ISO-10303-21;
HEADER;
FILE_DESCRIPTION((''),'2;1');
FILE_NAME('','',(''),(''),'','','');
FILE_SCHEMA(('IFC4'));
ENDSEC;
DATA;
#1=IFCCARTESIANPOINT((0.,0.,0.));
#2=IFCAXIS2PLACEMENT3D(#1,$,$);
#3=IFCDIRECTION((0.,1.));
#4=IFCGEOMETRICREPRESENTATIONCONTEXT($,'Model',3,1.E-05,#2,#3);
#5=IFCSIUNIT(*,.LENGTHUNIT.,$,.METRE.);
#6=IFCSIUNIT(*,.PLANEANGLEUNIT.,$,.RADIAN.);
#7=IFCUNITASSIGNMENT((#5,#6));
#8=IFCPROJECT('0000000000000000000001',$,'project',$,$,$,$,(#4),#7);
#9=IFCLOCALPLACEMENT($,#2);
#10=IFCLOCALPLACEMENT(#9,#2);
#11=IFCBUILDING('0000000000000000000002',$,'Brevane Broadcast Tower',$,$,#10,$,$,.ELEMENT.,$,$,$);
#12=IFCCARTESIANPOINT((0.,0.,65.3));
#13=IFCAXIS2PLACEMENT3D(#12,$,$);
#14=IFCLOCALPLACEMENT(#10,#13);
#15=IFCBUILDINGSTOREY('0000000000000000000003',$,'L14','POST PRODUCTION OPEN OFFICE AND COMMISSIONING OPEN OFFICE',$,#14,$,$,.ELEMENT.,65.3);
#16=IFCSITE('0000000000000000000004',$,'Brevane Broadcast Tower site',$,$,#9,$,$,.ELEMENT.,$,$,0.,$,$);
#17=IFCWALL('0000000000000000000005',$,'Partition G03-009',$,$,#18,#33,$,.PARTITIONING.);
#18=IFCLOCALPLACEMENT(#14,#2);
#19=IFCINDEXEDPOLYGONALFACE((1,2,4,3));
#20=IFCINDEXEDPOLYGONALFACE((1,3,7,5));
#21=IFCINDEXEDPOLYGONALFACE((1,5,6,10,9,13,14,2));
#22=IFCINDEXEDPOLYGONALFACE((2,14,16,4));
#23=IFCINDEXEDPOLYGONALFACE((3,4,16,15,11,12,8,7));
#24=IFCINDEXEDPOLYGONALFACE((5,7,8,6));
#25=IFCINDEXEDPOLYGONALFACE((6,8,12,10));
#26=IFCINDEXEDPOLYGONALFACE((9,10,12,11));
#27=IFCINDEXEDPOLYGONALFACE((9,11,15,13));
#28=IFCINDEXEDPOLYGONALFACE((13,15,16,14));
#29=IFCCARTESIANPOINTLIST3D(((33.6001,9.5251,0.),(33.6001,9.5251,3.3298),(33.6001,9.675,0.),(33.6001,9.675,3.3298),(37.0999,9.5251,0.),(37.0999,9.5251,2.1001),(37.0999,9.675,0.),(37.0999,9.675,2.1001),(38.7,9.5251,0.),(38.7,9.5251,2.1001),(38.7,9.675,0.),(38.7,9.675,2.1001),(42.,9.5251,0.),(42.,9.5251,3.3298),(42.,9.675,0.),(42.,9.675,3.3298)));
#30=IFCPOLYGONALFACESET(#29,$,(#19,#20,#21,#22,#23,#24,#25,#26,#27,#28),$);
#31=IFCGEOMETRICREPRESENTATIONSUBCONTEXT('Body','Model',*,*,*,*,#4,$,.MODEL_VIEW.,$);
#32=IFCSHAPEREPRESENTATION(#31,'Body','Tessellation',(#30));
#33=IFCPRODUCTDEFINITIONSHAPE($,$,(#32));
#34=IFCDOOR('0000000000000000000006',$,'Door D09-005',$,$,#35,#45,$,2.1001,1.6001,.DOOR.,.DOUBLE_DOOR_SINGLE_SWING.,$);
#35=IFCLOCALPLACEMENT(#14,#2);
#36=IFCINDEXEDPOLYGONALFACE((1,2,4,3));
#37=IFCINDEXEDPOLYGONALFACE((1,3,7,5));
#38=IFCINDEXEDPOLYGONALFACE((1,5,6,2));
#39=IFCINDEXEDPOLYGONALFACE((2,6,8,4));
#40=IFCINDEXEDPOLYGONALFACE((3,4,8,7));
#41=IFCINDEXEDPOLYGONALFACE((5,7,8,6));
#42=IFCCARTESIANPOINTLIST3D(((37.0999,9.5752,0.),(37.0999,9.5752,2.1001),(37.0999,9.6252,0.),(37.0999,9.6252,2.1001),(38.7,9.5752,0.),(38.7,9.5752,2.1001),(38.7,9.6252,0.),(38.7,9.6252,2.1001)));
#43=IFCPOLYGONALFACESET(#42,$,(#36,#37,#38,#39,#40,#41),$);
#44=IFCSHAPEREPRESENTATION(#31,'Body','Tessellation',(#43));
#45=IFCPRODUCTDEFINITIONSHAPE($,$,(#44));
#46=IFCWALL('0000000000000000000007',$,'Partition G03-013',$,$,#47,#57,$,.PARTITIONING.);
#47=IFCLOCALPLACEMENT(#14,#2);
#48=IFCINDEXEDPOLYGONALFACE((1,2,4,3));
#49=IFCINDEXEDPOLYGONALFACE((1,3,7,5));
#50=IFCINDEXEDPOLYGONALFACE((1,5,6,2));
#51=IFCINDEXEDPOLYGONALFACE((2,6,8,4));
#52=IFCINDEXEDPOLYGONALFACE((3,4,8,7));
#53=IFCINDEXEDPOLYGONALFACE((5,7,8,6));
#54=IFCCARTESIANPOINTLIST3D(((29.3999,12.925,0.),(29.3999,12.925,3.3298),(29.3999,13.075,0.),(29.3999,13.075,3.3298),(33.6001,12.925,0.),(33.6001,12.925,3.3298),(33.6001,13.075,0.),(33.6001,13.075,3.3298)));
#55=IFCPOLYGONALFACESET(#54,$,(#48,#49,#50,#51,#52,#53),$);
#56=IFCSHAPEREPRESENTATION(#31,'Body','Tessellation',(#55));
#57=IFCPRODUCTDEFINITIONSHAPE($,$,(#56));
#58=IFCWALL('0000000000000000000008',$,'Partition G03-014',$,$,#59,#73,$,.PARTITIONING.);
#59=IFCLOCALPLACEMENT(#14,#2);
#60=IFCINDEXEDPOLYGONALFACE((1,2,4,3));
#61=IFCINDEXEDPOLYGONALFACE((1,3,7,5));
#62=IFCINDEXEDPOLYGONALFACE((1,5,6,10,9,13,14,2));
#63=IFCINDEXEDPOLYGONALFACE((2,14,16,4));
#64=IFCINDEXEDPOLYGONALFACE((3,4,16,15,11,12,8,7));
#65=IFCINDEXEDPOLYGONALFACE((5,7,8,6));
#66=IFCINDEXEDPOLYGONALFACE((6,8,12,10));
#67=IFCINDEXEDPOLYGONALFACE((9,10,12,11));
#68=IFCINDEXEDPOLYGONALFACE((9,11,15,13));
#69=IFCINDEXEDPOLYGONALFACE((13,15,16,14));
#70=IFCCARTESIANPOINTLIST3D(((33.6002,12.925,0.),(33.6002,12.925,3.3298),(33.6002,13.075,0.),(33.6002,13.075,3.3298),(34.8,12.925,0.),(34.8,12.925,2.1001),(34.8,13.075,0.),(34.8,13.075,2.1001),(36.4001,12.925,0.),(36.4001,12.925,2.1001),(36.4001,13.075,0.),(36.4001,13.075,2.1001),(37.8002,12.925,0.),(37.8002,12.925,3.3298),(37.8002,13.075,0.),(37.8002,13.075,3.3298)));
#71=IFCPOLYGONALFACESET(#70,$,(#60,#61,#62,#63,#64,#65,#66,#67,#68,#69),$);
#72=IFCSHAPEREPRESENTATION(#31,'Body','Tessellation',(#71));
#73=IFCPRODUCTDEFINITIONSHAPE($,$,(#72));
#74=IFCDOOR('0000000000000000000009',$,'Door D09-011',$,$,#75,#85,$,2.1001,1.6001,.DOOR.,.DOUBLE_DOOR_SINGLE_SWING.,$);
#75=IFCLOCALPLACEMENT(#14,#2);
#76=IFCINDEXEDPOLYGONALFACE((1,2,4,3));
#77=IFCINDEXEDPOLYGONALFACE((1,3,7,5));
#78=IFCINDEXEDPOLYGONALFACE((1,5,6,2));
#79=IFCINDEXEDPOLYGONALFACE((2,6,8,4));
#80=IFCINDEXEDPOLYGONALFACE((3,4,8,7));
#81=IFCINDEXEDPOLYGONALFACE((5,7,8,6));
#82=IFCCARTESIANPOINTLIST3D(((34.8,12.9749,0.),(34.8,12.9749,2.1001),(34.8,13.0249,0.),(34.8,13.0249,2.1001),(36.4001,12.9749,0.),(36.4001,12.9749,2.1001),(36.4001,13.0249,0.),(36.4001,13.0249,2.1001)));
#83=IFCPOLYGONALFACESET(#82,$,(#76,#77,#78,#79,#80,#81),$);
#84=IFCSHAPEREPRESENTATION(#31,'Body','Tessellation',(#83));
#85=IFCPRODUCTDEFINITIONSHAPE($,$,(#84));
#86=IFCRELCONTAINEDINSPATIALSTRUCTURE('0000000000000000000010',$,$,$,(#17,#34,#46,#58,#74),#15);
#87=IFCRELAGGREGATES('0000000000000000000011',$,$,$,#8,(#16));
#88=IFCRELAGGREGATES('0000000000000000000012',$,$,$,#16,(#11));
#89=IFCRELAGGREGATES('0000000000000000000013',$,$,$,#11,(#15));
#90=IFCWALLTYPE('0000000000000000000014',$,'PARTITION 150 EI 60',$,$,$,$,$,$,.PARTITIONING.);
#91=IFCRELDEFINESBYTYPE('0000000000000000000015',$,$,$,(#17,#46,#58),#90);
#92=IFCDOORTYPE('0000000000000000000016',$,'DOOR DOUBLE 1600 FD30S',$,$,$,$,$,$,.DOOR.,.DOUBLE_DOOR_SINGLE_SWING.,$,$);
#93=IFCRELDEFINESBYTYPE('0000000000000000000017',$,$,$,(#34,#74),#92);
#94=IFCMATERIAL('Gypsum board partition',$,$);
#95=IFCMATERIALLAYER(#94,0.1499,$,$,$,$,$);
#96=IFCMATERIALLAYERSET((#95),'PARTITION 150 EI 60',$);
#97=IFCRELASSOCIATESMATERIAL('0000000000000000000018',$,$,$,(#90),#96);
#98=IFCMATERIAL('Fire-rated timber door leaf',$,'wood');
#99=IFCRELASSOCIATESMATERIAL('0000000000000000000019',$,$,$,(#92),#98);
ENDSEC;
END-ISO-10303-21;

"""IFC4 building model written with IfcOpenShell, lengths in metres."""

from ifc_helpers import new_model, si_unit, direction, frame, frame_2d, origin, place, context, subcontext, project, spatial, rectangle, extrude, material, layer, layer_set, type_object, element, fill, save


model = new_model("IFC4")

# Units and contexts
model_context = context("Model", 3, precision=1e-05, world=origin(), true_north=direction((0.0, 1.0)))
body_context = subcontext(model_context, "Body", "Model", "MODEL_VIEW")
ifc_project = project(units=[si_unit("LENGTHUNIT", "METRE"), si_unit("PLANEANGLEUNIT", "RADIAN")], contexts=[model_context])

# Site, building, storey
site_placement = place(None, origin())
site = spatial("IfcSite", under=ifc_project, at=site_placement, Name="Brevane Broadcast Tower site", CompositionType="ELEMENT", RefElevation=0.0)
building_placement = place(site_placement, origin())
building = spatial("IfcBuilding", under=site, at=building_placement, Name="Brevane Broadcast Tower", CompositionType="ELEMENT")
storey_placement = place(building_placement, frame((0.0, 0.0, 65.3)))
storey = spatial("IfcBuildingStorey", under=building, at=storey_placement, Name="L14", Description="POST PRODUCTION OPEN OFFICE AND COMMISSIONING OPEN OFFICE", CompositionType="ELEMENT", Elevation=65.3)

# Shared definitions
ifc_material_1 = material(Name="Gypsum board partition")
ifc_layer_1 = layer(ifc_material_1, 0.1499)
ifc_layer_set_1 = layer_set([ifc_layer_1], Name="PARTITION 150 EI 60")
wall_type_1 = type_object("IfcWallType", Name="PARTITION 150 EI 60", PredefinedType="PARTITIONING", material=ifc_layer_set_1)

# Wall, opening, door
ifc_material_2 = material(Name="Fire-rated timber door leaf", Category="wood")
door_type_1 = type_object("IfcDoorType", Name="DOOR DOUBLE 1600 FD30S", OperationType="DOUBLE_DOOR_SINGLE_SWING", PredefinedType="DOOR", material=ifc_material_2)
wall_1_placement = place(storey_placement, frame((42.0, 9.6001, 0.0), z_axis=(0.0, 0.0, 1.0), x_axis=(-1.0, 0.0, 0.0)))
wall_1 = element("IfcWall", 1, at=wall_1_placement, inside=storey, type_object=wall_type_1, Name="Partition G03-009", PredefinedType="PARTITIONING", context=body_context, shape_type="SweptSolid", body=[
    extrude(rectangle(XDim=8.3999, YDim=0.1499, at=frame_2d((4.2, 0.0))), origin(), (0.0, 0.0, 1.0), 3.3298),
])
opening_1_placement = place(wall_1_placement, frame((3.3, 0.0, 0.0)))
opening_1 = element("IfcOpeningElement", 2, at=opening_1_placement, cuts=wall_1, PredefinedType="OPENING", context=body_context, shape_type="SweptSolid", body=[
    extrude(rectangle(XDim=1.6001, YDim=2.1001, at=frame_2d((0.8, 1.05))), frame((0.0, 0.085, 0.0), z_axis=(0.0, -1.0, 0.0), x_axis=(1.0, 0.0, 0.0)), (0.0, 0.0, 1.0), 0.1699),
])
door_1_placement = place(opening_1_placement, origin())
door_1 = element("IfcDoor", 3, at=door_1_placement, inside=storey, type_object=door_type_1, Name="Door D09-005", OperationType="DOUBLE_DOOR_SINGLE_SWING", OverallHeight=2.1001, OverallWidth=1.6001, PredefinedType="DOOR", context=body_context, shape_type="SweptSolid", body=[
    extrude(rectangle(XDim=1.6001, YDim=2.1001, at=frame_2d((0.8, 1.05))), frame((0.0, 0.0249, 0.0), z_axis=(0.0, -1.0, 0.0), x_axis=(1.0, 0.0, 0.0)), (0.0, 0.0, 1.0), 0.05),
])
fill(opening_1, door_1)

# Wall
wall_2_placement = place(storey_placement, frame((29.3999, 13.0, 0.0), z_axis=(0.0, 0.0, 1.0), x_axis=(1.0, 0.0, 0.0)))
element("IfcWall", 4, at=wall_2_placement, inside=storey, type_object=wall_type_1, Name="Partition G03-013", PredefinedType="PARTITIONING", context=body_context, shape_type="SweptSolid", body=[
    extrude(rectangle(XDim=4.2002, YDim=0.1499, at=frame_2d((2.1001, 0.0))), origin(), (0.0, 0.0, 1.0), 3.3298),
])

# Wall, opening, door
wall_3_placement = place(storey_placement, frame((33.6001, 13.0, 0.0), z_axis=(0.0, 0.0, 1.0), x_axis=(1.0, 0.0, 0.0)))
wall_3 = element("IfcWall", 5, at=wall_3_placement, inside=storey, type_object=wall_type_1, Name="Partition G03-014", PredefinedType="PARTITIONING", context=body_context, shape_type="SweptSolid", body=[
    extrude(rectangle(XDim=4.2, YDim=0.1499, at=frame_2d((2.1001, 0.0))), origin(), (0.0, 0.0, 1.0), 3.3298),
])
opening_2_placement = place(wall_3_placement, frame((1.2, 0.0, 0.0)))
opening_2 = element("IfcOpeningElement", 6, at=opening_2_placement, cuts=wall_3, PredefinedType="OPENING", context=body_context, shape_type="SweptSolid", body=[
    extrude(rectangle(XDim=1.6001, YDim=2.1001, at=frame_2d((0.8, 1.05))), frame((0.0, 0.085, 0.0), z_axis=(0.0, -1.0, 0.0), x_axis=(1.0, 0.0, 0.0)), (0.0, 0.0, 1.0), 0.1699),
])
door_2_placement = place(opening_2_placement, origin())
door_2 = element("IfcDoor", 7, at=door_2_placement, inside=storey, type_object=door_type_1, Name="Door D09-011", OperationType="DOUBLE_DOOR_SINGLE_SWING", OverallHeight=2.1001, OverallWidth=1.6001, PredefinedType="DOOR", context=body_context, shape_type="SweptSolid", body=[
    extrude(rectangle(XDim=1.6001, YDim=2.1001, at=frame_2d((0.8, 1.05))), frame((0.0, 0.0249, 0.0), z_axis=(0.0, -1.0, 0.0), x_axis=(1.0, 0.0, 0.0)), (0.0, 0.0, 1.0), 0.05),
])
fill(opening_2, door_2)

save(model, "model.ifc")
